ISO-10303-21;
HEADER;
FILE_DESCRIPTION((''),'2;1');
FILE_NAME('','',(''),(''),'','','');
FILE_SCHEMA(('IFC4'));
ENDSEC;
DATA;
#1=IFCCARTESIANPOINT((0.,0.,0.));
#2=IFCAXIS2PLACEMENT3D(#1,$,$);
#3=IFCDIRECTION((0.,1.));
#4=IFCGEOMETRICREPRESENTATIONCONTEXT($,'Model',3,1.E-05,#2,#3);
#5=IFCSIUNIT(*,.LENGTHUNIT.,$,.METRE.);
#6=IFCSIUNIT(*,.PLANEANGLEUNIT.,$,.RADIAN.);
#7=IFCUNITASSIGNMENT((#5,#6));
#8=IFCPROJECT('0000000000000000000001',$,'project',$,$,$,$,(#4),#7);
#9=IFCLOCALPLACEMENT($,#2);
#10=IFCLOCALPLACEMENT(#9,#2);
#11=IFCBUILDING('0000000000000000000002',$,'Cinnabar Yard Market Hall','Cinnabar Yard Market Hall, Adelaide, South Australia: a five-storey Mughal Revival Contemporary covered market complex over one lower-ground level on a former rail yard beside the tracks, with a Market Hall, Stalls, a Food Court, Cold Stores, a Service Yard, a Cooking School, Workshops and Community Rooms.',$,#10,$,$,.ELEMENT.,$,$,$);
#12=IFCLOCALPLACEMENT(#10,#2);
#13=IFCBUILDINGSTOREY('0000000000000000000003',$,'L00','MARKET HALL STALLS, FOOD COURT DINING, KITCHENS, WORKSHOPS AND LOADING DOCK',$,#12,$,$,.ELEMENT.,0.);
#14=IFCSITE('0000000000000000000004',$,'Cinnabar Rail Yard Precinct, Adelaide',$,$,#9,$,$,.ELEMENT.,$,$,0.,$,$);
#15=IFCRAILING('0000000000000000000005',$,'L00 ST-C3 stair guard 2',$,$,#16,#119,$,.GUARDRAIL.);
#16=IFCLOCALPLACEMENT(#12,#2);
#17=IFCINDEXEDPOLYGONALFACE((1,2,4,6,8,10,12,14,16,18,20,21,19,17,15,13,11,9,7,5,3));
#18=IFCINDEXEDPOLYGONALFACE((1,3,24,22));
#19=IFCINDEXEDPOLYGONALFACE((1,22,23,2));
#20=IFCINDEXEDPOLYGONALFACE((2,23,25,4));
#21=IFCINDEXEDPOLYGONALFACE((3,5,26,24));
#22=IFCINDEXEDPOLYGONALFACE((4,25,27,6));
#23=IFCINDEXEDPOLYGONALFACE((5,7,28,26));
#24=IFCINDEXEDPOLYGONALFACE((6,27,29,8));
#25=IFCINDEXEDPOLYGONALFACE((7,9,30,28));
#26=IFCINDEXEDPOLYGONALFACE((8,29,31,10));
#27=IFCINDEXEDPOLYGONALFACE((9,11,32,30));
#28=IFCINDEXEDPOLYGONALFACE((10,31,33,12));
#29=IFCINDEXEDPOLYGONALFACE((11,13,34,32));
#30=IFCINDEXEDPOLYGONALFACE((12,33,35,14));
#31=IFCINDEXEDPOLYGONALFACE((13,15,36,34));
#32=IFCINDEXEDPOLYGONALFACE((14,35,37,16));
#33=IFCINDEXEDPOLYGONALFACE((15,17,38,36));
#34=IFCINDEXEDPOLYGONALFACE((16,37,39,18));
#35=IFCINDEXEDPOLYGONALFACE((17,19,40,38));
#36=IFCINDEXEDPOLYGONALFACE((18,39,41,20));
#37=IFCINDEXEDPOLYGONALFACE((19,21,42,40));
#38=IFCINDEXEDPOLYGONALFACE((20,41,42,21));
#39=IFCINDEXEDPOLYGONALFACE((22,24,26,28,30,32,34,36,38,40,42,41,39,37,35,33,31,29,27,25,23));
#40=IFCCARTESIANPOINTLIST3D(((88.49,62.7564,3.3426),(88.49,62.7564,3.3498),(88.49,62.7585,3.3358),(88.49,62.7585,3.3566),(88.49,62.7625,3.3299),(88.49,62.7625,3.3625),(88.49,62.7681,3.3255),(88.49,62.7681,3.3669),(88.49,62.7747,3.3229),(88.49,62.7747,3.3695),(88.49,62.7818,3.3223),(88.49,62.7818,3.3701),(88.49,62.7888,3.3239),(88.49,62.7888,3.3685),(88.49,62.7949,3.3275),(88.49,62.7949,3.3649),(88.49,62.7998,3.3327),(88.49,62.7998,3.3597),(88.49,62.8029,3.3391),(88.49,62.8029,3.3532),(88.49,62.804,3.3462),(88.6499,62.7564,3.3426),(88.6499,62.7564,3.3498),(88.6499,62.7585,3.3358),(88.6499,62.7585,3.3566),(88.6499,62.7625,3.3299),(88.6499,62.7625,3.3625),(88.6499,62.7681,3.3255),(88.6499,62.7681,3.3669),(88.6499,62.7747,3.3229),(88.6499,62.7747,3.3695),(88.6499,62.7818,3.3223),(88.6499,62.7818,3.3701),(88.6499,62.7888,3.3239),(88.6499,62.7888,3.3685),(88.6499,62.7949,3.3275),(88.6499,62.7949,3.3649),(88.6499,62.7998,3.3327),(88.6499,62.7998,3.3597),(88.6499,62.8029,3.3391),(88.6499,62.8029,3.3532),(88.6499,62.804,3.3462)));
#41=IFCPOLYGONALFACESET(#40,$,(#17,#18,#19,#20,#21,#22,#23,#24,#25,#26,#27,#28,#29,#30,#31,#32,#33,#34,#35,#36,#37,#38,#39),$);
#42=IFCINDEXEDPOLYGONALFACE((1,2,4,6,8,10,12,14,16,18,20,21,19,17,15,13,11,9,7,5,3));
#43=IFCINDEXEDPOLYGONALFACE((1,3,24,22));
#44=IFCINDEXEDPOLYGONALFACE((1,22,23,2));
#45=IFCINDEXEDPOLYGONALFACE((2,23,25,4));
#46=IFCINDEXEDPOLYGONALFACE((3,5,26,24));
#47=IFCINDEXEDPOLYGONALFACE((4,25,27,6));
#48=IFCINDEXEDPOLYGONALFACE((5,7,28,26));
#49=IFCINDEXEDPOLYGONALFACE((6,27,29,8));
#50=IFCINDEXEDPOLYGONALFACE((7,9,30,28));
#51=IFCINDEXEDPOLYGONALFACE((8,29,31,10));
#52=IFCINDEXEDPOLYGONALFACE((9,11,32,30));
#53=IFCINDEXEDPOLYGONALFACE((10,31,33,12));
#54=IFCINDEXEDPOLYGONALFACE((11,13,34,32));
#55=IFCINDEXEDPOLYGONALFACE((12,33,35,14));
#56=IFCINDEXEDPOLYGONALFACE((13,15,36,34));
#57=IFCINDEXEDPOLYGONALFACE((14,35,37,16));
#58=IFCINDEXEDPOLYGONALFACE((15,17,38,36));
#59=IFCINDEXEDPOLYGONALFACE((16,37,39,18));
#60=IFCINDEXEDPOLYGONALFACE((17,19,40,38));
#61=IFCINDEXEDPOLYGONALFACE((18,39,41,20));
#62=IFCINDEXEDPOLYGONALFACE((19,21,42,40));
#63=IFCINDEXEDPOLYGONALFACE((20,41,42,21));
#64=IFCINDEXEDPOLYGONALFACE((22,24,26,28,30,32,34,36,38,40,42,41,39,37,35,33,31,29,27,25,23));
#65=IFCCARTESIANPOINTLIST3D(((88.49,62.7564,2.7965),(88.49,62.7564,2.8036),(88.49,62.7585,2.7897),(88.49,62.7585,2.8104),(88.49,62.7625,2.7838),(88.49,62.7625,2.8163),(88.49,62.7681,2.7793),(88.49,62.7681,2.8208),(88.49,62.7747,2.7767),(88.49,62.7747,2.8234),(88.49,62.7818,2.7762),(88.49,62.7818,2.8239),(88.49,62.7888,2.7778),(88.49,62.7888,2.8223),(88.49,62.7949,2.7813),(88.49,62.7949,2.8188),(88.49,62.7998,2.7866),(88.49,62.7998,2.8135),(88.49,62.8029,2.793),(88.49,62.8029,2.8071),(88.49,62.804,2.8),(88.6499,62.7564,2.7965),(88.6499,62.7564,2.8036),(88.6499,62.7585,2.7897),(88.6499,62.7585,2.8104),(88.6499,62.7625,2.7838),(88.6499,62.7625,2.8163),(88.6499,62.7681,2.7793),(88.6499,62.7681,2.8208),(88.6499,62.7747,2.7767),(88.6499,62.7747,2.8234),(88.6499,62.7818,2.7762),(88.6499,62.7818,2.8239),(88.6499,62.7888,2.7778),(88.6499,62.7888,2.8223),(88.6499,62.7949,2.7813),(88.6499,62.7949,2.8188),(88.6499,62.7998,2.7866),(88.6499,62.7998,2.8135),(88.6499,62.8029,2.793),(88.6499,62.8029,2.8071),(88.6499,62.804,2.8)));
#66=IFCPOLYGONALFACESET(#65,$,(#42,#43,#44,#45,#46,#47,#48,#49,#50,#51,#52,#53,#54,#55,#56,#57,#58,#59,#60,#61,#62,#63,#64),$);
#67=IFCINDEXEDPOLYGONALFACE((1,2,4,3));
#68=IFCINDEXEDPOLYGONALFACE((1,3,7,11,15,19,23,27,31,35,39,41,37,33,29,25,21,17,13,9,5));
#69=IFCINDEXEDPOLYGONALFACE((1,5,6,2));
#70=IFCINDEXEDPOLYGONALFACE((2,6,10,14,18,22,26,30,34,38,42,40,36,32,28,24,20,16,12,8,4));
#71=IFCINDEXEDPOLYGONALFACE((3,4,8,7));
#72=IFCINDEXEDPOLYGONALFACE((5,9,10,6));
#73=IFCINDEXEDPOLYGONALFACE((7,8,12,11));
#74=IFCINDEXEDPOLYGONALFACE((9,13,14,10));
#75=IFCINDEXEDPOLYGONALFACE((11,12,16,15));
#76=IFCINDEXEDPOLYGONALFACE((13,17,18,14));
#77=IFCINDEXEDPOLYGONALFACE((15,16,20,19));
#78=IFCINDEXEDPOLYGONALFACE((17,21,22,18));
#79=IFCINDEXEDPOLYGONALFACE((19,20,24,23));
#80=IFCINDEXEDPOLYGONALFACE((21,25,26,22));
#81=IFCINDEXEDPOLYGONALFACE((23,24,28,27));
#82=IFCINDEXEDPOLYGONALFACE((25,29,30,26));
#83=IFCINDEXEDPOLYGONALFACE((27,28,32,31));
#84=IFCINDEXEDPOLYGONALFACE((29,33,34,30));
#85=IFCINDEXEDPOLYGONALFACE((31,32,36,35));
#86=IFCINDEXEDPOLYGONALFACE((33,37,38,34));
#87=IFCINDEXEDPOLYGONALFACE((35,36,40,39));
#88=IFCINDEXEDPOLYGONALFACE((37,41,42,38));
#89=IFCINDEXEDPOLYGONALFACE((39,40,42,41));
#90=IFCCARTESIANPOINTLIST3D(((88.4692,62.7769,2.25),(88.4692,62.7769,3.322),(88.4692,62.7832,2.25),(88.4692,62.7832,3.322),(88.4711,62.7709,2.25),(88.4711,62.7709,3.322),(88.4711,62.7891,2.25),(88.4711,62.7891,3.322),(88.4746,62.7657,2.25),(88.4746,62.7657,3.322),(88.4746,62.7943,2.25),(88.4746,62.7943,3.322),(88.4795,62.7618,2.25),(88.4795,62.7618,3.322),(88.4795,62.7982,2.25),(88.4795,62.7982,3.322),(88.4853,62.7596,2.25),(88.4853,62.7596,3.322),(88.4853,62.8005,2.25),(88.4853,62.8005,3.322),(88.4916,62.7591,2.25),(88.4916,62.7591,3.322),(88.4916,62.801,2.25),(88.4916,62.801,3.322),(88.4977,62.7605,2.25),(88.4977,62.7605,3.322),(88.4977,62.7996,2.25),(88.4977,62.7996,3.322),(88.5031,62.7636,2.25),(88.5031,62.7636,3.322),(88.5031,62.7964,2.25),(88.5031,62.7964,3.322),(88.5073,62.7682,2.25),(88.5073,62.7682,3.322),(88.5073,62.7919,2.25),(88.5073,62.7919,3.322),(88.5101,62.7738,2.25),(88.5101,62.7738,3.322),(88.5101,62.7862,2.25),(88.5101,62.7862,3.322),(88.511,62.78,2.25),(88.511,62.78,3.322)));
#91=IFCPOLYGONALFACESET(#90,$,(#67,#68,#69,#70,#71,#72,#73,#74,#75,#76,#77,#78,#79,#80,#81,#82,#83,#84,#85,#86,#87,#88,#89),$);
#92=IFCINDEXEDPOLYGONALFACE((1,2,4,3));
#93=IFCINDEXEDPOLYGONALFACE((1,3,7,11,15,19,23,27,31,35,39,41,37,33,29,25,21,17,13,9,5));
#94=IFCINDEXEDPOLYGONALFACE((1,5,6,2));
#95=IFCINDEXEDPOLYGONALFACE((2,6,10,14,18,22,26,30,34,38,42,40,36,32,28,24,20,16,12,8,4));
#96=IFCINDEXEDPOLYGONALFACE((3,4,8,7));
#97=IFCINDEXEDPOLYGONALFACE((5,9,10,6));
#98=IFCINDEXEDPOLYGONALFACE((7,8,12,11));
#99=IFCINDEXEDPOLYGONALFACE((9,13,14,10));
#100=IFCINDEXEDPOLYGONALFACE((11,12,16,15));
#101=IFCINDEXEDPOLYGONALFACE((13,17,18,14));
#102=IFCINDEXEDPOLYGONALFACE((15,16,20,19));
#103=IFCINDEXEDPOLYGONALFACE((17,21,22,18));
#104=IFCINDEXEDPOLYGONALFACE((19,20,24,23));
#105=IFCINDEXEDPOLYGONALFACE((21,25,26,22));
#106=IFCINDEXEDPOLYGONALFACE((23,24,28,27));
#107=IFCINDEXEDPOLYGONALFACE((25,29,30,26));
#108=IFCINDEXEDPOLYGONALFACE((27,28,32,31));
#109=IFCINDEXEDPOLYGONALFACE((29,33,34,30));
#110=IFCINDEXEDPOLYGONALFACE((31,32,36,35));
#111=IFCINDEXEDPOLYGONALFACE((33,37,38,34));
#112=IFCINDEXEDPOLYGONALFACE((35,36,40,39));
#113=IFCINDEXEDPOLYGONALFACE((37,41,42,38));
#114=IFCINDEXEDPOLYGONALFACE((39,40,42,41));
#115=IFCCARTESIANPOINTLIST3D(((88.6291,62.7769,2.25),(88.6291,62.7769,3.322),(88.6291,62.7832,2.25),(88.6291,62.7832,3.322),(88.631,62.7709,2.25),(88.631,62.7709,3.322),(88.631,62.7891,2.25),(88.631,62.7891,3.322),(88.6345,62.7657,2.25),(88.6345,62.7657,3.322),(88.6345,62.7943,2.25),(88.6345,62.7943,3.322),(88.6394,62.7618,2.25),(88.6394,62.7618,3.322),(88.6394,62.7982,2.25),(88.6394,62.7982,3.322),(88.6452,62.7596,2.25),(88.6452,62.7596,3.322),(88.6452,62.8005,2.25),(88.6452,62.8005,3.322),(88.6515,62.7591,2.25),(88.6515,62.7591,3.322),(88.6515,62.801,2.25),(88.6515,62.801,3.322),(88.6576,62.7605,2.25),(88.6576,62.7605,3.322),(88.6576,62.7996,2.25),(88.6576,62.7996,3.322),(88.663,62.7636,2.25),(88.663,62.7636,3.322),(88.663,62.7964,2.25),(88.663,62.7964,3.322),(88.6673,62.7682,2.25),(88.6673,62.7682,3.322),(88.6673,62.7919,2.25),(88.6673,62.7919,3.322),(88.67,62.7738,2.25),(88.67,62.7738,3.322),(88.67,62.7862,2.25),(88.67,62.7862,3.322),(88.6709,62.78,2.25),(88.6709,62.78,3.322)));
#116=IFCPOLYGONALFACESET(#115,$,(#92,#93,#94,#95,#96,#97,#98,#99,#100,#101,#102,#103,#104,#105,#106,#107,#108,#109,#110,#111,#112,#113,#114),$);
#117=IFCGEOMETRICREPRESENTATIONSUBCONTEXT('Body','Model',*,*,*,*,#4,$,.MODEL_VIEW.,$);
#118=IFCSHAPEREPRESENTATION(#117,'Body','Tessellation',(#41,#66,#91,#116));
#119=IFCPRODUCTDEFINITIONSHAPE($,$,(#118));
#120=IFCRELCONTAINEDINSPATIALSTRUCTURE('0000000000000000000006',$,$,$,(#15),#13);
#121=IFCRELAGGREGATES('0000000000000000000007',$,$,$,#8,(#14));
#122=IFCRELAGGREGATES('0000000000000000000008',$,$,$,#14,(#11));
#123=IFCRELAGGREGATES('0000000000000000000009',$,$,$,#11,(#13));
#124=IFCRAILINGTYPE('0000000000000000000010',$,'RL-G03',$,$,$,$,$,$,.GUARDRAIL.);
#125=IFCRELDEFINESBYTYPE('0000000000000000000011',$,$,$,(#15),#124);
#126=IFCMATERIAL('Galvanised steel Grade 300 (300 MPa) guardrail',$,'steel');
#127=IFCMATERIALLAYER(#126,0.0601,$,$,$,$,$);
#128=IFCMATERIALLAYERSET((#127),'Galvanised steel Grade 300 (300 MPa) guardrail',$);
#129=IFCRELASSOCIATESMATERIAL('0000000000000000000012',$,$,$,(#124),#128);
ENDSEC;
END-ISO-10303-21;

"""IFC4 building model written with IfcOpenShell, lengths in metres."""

from ifc_helpers import new_model, si_unit, direction, frame, origin, origin_2d_with_axis, place, context, subcontext, project, spatial, circle, extrude, material, layer, layer_set, type_object, element, save


model = new_model("IFC4")

# Units and contexts
model_context = context("Model", 3, precision=1e-05, world=origin(), true_north=direction((0.0, 1.0)))
body_context = subcontext(model_context, "Body", "Model", "MODEL_VIEW")
ifc_project = project(units=[si_unit("LENGTHUNIT", "METRE"), si_unit("PLANEANGLEUNIT", "RADIAN")], contexts=[model_context])

# Site, building, storey
site_placement = place(None, origin())
site = spatial("IfcSite", under=ifc_project, at=site_placement, Name="Cinnabar Rail Yard Precinct, Adelaide", CompositionType="ELEMENT", RefElevation=0.0)
building_placement = place(site_placement, origin())
building = spatial("IfcBuilding", under=site, at=building_placement, Name="Cinnabar Yard Market Hall", Description="Cinnabar Yard Market Hall, Adelaide, South Australia: a five-storey Mughal Revival Contemporary covered market complex over one lower-ground level on a former rail yard beside the tracks, with a Market Hall, Stalls, a Food Court, Cold Stores, a Service Yard, a Cooking School, Workshops and Community Rooms.", CompositionType="ELEMENT")
storey_placement = place(building_placement, origin())
storey = spatial("IfcBuildingStorey", under=building, at=storey_placement, Name="L00", Description="MARKET HALL STALLS, FOOD COURT DINING, KITCHENS, WORKSHOPS AND LOADING DOCK", CompositionType="ELEMENT", Elevation=0.0)

# Railing
ifc_material_1 = material(Name="Galvanised steel Grade 300 (300 MPa) guardrail", Category="steel")
ifc_layer_1 = layer(ifc_material_1, 0.0601)
ifc_layer_set_1 = layer_set([ifc_layer_1], Name="Galvanised steel Grade 300 (300 MPa) guardrail")
railing_type_1 = type_object("IfcRailingType", Name="RL-G03", PredefinedType="GUARDRAIL", material=ifc_layer_set_1)
railing_1_placement = place(storey_placement, frame((88.49, 62.78, 2.25)))
element("IfcRailing", 1, at=railing_1_placement, inside=storey, type_object=railing_type_1, Name="L00 ST-C3 stair guard 2", PredefinedType="GUARDRAIL", context=body_context, shape_type="SweptSolid", body=[
    extrude(circle(Radius=0.0239, at=origin_2d_with_axis()), frame((0.0, 0.0, 1.0962), z_axis=(1.0, 0.0, 0.0), x_axis=(0.0, 1.0, 0.0)), (0.0, 0.0, 1.0), 0.1599),
    extrude(circle(Radius=0.0239, at=origin_2d_with_axis()), frame((0.0, 0.0, 0.55), z_axis=(1.0, 0.0, 0.0), x_axis=(0.0, 1.0, 0.0)), (0.0, 0.0, 1.0), 0.1599),
    extrude(circle(Radius=0.021, at=origin_2d_with_axis()), origin(), (0.0, 0.0, 1.0), 1.072),
    extrude(circle(Radius=0.021, at=origin_2d_with_axis()), frame((0.1599, 0.0, 0.0)), (0.0, 0.0, 1.0), 1.072),
])

save(model, "model.ifc")
